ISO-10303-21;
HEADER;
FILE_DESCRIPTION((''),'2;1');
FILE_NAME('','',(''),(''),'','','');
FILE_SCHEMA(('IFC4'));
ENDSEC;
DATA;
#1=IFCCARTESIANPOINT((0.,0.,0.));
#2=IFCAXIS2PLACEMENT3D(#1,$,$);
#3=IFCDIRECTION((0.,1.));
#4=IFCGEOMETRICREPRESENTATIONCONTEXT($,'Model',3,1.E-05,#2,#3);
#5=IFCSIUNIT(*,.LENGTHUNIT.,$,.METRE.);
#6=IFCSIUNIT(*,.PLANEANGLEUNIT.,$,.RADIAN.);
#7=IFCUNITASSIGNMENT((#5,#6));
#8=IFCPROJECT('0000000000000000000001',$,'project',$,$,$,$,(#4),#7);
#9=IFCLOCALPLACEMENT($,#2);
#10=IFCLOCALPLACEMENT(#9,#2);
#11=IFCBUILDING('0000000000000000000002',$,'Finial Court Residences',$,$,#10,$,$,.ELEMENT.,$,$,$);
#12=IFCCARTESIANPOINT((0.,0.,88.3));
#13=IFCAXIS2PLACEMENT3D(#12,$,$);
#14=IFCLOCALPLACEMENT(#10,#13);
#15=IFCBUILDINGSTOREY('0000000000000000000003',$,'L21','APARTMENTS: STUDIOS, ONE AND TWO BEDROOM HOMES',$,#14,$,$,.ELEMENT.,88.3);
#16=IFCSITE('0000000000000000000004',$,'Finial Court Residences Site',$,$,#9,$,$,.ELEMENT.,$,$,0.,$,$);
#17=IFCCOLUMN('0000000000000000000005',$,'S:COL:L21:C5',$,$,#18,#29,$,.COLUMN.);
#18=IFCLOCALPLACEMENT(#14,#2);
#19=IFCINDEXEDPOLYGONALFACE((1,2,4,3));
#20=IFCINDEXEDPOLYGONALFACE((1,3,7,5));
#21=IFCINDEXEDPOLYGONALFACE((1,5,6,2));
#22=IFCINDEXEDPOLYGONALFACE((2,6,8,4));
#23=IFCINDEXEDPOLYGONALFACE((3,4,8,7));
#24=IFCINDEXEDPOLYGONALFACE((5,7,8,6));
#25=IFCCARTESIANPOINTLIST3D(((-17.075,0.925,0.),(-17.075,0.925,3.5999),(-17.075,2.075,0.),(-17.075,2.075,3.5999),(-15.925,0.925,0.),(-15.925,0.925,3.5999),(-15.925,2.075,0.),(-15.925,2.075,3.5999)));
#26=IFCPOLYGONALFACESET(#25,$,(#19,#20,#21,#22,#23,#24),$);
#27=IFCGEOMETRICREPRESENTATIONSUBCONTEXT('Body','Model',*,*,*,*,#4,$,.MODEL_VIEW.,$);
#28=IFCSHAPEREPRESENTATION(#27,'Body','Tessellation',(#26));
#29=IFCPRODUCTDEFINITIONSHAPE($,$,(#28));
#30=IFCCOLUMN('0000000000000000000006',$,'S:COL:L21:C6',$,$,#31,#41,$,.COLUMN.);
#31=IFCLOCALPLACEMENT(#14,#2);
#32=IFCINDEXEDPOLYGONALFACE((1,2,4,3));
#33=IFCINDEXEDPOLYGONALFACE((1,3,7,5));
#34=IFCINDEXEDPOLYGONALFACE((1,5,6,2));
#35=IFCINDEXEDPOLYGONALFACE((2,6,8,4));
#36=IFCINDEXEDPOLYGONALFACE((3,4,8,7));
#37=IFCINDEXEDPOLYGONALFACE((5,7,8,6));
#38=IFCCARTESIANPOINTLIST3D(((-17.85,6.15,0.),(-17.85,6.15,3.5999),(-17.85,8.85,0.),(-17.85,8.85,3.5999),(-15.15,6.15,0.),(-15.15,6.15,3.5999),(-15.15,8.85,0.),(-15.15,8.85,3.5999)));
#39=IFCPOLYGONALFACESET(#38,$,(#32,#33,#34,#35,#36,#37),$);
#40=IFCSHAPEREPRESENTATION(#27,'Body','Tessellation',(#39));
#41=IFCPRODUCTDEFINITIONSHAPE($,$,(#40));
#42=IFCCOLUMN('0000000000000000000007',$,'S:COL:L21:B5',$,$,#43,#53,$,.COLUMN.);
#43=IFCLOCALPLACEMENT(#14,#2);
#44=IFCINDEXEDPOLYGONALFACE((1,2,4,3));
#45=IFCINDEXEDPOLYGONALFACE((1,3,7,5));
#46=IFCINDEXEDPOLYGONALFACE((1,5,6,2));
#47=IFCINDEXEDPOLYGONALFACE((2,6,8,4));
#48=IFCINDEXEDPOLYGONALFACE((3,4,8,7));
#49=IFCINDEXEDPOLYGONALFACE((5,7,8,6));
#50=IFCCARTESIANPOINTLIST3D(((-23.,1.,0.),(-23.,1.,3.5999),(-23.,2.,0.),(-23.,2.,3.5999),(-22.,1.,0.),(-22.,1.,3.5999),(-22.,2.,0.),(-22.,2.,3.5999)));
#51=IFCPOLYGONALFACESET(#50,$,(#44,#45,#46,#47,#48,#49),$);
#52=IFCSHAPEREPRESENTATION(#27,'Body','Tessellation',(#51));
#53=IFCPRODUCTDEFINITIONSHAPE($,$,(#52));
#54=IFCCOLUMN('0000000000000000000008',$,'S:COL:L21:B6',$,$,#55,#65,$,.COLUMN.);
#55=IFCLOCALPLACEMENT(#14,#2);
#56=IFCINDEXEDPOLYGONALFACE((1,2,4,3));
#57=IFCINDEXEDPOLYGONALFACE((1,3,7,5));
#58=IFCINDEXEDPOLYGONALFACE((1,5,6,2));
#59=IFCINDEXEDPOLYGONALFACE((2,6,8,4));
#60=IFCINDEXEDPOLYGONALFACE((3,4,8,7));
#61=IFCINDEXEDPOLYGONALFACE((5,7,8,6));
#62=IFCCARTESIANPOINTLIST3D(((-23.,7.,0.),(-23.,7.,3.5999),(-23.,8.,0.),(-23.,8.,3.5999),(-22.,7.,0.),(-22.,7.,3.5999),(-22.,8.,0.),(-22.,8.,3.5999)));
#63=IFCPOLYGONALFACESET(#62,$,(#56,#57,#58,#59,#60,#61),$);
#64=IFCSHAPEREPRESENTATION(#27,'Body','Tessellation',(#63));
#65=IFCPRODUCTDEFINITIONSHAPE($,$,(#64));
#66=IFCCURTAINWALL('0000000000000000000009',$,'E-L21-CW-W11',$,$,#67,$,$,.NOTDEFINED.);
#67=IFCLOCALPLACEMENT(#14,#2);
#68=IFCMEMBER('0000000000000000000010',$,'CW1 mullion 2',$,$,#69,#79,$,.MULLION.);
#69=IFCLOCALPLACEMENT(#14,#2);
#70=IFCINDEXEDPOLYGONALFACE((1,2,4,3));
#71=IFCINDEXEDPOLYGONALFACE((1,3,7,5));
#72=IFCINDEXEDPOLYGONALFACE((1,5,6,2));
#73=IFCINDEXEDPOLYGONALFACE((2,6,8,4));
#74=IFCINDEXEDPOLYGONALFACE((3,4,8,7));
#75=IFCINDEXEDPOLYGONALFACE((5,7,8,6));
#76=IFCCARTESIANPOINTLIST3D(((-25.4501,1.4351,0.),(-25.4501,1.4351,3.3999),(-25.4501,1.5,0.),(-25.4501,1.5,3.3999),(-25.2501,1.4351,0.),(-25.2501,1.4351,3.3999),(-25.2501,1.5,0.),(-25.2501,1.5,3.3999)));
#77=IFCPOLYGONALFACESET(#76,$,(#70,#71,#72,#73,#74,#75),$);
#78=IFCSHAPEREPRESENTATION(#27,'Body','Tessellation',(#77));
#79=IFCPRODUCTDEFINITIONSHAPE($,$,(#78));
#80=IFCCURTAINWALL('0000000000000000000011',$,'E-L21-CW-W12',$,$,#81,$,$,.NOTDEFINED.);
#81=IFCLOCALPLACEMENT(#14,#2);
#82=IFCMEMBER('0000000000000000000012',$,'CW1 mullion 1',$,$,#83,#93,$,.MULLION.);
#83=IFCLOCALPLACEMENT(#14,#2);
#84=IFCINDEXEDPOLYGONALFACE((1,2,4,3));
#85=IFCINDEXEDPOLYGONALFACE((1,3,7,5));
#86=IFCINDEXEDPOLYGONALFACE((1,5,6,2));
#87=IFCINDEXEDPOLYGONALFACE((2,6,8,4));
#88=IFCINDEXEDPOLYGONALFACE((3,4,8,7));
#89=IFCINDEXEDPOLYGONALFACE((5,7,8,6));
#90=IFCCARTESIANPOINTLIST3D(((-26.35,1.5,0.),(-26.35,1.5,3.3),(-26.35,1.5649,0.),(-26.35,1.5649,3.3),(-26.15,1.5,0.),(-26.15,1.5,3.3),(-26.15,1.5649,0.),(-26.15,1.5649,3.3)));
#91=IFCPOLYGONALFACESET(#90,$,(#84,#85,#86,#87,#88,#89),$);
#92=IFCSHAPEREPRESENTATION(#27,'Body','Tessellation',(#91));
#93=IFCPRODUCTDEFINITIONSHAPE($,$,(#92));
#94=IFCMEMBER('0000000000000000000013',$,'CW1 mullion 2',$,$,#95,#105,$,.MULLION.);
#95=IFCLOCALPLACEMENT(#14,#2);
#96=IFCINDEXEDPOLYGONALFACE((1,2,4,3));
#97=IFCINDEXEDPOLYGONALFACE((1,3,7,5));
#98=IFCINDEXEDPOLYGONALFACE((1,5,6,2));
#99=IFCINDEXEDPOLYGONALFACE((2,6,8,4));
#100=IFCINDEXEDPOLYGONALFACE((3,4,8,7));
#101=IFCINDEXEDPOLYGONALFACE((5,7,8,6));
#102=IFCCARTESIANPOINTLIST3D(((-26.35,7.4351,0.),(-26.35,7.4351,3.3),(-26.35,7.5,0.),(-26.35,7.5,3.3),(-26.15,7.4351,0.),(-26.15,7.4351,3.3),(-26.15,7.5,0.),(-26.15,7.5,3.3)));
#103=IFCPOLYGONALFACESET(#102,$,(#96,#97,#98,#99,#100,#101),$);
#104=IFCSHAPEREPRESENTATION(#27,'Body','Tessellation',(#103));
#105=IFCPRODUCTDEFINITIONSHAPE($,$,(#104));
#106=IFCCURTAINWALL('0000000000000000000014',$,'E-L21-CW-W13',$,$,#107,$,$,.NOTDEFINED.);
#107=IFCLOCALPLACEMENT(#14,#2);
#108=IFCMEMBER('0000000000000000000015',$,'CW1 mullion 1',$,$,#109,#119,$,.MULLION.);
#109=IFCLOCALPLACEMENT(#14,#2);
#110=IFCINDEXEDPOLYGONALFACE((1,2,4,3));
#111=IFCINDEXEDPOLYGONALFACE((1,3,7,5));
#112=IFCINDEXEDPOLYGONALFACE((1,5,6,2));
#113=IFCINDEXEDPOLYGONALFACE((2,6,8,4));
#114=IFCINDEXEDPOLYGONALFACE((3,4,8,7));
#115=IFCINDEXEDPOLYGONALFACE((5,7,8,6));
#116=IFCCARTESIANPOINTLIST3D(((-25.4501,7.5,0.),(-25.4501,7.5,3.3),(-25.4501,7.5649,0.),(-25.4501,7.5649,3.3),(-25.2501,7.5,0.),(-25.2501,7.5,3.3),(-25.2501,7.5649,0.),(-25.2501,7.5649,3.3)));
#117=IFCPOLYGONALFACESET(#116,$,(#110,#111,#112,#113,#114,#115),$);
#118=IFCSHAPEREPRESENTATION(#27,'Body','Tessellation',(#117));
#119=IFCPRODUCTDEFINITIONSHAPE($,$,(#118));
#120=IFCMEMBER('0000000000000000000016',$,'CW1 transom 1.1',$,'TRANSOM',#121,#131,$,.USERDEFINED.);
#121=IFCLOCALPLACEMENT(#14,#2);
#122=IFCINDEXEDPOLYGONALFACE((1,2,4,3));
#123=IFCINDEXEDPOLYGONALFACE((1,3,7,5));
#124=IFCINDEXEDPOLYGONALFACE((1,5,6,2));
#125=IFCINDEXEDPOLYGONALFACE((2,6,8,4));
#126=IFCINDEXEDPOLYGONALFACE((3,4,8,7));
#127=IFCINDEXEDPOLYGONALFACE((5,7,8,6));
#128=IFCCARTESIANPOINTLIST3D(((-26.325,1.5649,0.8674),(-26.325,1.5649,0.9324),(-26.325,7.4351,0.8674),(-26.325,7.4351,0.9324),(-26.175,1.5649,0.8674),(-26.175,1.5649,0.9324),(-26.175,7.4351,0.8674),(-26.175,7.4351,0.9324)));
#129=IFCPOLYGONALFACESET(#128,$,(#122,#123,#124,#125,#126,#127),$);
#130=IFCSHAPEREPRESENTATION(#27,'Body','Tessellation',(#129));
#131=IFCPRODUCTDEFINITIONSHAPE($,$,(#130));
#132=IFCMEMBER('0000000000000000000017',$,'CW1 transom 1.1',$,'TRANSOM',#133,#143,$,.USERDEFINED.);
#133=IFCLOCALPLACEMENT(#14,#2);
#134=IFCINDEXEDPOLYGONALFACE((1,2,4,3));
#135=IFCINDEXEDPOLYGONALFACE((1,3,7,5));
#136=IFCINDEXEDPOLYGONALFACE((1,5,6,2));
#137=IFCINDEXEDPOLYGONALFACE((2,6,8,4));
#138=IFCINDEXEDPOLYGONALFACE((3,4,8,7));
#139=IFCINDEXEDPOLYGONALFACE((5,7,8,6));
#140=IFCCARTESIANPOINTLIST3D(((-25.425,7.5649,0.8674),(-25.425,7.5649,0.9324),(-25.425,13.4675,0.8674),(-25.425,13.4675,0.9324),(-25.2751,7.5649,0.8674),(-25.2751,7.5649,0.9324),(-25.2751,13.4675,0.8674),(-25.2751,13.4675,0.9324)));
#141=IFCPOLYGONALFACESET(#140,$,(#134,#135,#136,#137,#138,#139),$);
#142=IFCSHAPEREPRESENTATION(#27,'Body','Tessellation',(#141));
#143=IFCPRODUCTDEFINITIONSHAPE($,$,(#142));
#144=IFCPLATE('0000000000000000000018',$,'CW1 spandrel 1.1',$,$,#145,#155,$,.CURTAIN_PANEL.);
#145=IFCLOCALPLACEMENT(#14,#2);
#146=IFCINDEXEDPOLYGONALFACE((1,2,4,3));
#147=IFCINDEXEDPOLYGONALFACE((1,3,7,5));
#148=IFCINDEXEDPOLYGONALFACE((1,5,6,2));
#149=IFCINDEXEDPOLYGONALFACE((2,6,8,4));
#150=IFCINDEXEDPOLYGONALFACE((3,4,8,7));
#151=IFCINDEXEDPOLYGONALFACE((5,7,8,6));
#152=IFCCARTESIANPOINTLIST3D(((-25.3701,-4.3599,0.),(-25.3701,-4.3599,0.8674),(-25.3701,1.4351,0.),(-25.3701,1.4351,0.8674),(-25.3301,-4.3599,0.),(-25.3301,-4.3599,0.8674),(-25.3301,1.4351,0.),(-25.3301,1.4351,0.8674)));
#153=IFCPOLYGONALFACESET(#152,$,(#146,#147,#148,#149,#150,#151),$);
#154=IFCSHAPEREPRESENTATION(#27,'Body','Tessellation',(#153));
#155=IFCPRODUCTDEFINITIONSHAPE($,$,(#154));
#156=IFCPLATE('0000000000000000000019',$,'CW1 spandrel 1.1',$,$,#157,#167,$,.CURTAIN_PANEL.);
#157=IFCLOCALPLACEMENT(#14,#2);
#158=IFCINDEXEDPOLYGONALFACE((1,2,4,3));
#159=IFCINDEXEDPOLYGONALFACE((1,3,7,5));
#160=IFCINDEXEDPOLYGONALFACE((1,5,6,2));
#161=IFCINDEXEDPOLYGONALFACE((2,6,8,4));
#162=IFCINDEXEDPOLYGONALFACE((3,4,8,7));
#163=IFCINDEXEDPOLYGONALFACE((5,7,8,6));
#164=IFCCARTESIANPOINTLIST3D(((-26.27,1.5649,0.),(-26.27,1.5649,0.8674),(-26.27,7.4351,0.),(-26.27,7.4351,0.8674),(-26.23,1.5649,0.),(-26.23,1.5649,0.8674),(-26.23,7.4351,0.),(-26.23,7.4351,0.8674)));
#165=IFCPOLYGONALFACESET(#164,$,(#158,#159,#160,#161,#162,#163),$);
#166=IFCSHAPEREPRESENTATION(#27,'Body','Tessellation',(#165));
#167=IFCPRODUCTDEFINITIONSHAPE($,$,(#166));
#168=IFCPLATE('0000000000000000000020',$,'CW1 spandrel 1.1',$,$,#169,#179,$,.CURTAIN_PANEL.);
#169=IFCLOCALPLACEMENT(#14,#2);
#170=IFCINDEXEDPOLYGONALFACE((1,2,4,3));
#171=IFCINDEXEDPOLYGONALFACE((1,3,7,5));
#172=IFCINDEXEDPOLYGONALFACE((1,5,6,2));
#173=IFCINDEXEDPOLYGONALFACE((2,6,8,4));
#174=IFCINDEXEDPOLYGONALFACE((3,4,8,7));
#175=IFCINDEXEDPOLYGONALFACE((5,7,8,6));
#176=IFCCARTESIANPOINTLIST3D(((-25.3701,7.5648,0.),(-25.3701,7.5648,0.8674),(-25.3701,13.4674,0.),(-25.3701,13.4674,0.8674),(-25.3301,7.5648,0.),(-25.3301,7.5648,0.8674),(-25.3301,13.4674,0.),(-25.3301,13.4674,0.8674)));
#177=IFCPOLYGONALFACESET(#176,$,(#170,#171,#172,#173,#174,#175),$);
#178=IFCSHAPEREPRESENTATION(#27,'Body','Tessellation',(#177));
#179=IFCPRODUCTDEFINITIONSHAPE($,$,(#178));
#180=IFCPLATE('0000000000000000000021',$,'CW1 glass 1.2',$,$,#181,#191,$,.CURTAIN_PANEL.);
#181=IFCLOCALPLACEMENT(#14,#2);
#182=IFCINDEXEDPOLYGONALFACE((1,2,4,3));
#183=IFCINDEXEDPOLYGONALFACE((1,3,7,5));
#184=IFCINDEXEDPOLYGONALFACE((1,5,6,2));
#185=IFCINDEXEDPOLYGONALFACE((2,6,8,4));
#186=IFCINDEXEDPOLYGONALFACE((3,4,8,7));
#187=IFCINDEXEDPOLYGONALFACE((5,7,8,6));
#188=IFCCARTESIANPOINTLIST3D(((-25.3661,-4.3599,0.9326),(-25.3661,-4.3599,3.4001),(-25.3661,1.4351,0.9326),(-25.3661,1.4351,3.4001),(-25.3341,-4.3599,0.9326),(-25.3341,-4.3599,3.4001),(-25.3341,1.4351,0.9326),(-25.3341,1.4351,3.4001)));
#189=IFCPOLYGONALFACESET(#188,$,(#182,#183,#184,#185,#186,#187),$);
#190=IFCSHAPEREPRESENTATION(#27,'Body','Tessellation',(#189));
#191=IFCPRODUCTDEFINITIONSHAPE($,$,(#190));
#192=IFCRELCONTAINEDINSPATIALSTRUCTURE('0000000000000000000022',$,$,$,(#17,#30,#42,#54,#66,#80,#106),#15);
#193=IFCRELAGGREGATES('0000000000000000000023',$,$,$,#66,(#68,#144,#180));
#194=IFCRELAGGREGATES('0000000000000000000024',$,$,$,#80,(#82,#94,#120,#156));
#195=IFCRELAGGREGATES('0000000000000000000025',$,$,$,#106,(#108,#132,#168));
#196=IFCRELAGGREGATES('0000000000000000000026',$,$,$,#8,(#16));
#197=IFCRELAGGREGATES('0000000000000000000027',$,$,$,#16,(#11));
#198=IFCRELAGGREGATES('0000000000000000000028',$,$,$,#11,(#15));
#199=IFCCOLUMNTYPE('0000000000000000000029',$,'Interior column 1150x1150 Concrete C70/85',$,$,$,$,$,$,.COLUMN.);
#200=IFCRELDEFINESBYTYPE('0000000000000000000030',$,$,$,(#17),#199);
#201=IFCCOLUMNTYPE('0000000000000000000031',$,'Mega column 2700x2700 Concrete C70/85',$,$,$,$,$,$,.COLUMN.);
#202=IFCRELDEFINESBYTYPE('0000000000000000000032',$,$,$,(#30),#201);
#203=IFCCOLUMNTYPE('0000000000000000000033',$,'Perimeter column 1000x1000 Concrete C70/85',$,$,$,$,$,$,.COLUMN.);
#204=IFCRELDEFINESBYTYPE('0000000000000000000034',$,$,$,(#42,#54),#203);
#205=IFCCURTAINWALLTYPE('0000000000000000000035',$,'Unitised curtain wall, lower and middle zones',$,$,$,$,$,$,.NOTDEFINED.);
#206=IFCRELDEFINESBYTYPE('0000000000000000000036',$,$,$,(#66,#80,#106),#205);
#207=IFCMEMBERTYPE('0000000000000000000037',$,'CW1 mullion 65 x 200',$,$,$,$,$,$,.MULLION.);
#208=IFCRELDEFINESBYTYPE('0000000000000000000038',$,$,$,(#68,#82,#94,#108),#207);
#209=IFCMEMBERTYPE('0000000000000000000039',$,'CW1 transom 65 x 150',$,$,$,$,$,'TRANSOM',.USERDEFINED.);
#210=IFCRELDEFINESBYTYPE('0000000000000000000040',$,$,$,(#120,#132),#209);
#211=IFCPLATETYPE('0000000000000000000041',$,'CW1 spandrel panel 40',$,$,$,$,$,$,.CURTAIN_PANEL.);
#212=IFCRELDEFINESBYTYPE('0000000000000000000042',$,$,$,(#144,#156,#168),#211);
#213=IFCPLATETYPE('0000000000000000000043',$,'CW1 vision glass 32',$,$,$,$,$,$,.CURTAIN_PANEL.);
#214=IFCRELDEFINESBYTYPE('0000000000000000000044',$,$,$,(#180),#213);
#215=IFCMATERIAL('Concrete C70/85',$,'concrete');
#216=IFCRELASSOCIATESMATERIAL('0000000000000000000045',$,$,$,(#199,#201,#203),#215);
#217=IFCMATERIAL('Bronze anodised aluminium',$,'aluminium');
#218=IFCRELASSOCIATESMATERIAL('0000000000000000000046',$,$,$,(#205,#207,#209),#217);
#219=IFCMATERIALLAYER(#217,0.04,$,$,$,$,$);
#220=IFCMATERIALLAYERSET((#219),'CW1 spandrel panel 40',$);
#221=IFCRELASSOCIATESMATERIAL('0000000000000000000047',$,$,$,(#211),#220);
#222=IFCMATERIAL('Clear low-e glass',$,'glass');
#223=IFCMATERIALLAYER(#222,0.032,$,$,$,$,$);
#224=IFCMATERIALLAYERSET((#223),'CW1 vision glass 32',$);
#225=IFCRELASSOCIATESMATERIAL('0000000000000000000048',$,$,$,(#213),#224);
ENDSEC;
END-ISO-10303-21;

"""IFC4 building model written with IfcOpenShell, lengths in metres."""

from ifc_helpers import new_model, si_unit, direction, frame, origin, origin_2d, place, context, subcontext, project, spatial, rectangle, extrude, material, layer, layer_set, material_profile, profile_set, type_object, element, aggregate, save


model = new_model("IFC4")

# Units and contexts
model_context = context("Model", 3, precision=1e-05, world=origin(), true_north=direction((0.0, 1.0)))
body_context = subcontext(model_context, "Body", "Model", "MODEL_VIEW")
ifc_project = project(units=[si_unit("LENGTHUNIT", "METRE"), si_unit("PLANEANGLEUNIT", "RADIAN")], contexts=[model_context])

# Site, building, storey
site_placement = place(None, origin())
site = spatial("IfcSite", under=ifc_project, at=site_placement, Name="Finial Court Residences Site", CompositionType="ELEMENT", RefElevation=0.0)
building_placement = place(site_placement, origin())
building = spatial("IfcBuilding", under=site, at=building_placement, Name="Finial Court Residences", CompositionType="ELEMENT")
storey_placement = place(building_placement, frame((0.0, 0.0, 88.3)))
storey = spatial("IfcBuildingStorey", under=building, at=storey_placement, Name="L21", Description="APARTMENTS: STUDIOS, ONE AND TWO BEDROOM HOMES", CompositionType="ELEMENT", Elevation=88.3)

# Columns
ifc_material_1 = material(Name="Concrete C70/85", Category="concrete")
ifc_material_profile_1 = material_profile(ifc_material_1, rectangle(XDim=1.1499, YDim=1.1499, at=origin_2d()), Name="1150x1150")
ifc_profile_set_1 = profile_set([ifc_material_profile_1], Name="Concrete C70/85")
column_type_1 = type_object("IfcColumnType", Name="Interior column 1150x1150 Concrete C70/85", PredefinedType="COLUMN", material=ifc_profile_set_1)
column_1_placement = place(storey_placement, frame((-16.5, 1.5, 0.0), z_axis=(0.0, 0.0, 1.0), x_axis=(1.0, 0.0, 0.0)))
element("IfcColumn", 1, at=column_1_placement, inside=storey, type_object=column_type_1, Name="S:COL:L21:C5", PredefinedType="COLUMN", context=body_context, shape_type="SweptSolid", body=[
    extrude(rectangle(XDim=1.1499, YDim=1.1499, at=origin_2d()), origin(), (0.0, 0.0, 1.0), 3.5999),
])
ifc_material_profile_2 = material_profile(ifc_material_1, rectangle(XDim=2.7, YDim=2.7, at=origin_2d()), Name="2700x2700")
ifc_profile_set_2 = profile_set([ifc_material_profile_2], Name="Concrete C70/85")
column_type_2 = type_object("IfcColumnType", Name="Mega column 2700x2700 Concrete C70/85", PredefinedType="COLUMN", material=ifc_profile_set_2)
column_2_placement = place(storey_placement, frame((-16.5, 7.5, 0.0), z_axis=(0.0, 0.0, 1.0), x_axis=(1.0, 0.0, 0.0)))
element("IfcColumn", 2, at=column_2_placement, inside=storey, type_object=column_type_2, Name="S:COL:L21:C6", PredefinedType="COLUMN", context=body_context, shape_type="SweptSolid", body=[
    extrude(rectangle(XDim=2.7, YDim=2.7, at=origin_2d()), origin(), (0.0, 0.0, 1.0), 3.5999),
])
ifc_material_profile_3 = material_profile(ifc_material_1, rectangle(XDim=1.0, YDim=1.0, at=origin_2d()), Name="1000x1000")
ifc_profile_set_3 = profile_set([ifc_material_profile_3], Name="Concrete C70/85")
column_type_3 = type_object("IfcColumnType", Name="Perimeter column 1000x1000 Concrete C70/85", PredefinedType="COLUMN", material=ifc_profile_set_3)
for number, where, z_axis, x_axis, name in (
    (3, (-22.5, 1.5, 0.0), (0.0, 0.0, 1.0), (1.0, 0.0, 0.0), "S:COL:L21:B5"),
    (4, (-22.5, 7.5, 0.0), (0.0, 0.0, 1.0), (1.0, 0.0, 0.0), "S:COL:L21:B6"),
):
    element("IfcColumn", number, at=place(storey_placement, frame(where, z_axis=z_axis, x_axis=x_axis)), inside=storey, type_object=column_type_3, Name=name, PredefinedType="COLUMN", context=body_context, shape_type="SweptSolid", body=[
        extrude(rectangle(XDim=1.0, YDim=1.0, at=origin_2d()), origin(), (0.0, 0.0, 1.0), 3.5999),
    ])

# Curtain wall, member
ifc_material_2 = material(Name="Bronze anodised aluminium", Category="aluminium")
curtain_wall_type = type_object("IfcCurtainWallType", Name="Unitised curtain wall, lower and middle zones", PredefinedType="NOTDEFINED", material=ifc_material_2)
curtain_wall_1_placement = place(storey_placement, origin())
curtain_wall_1 = element("IfcCurtainWall", 5, at=curtain_wall_1_placement, inside=storey, type_object=curtain_wall_type, Name="E-L21-CW-W11", PredefinedType="NOTDEFINED")
ifc_material_profile_4 = material_profile(ifc_material_2, rectangle(XDim=0.2, YDim=0.0649, at=origin_2d()), Name="CW1 mullion 65 x 200")
ifc_profile_set_4 = profile_set([ifc_material_profile_4], Name="Bronze anodised aluminium")
member_type_1 = type_object("IfcMemberType", Name="CW1 mullion 65 x 200", PredefinedType="MULLION", material=ifc_profile_set_4)
member_1_placement = place(storey_placement, frame((-25.3501, 1.4675, 0.0), z_axis=(0.0, 0.0, 1.0), x_axis=(-1.0, 0.0, 0.0)))
member_1 = element("IfcMember", 6, at=member_1_placement, type_object=member_type_1, Name="CW1 mullion 2", PredefinedType="MULLION", context=body_context, shape_type="SweptSolid", body=[
    extrude(rectangle(XDim=0.2, YDim=0.0649, at=origin_2d()), origin(), (0.0, 0.0, 1.0), 3.3999),
])

# Curtain wall, members
curtain_wall_2_placement = place(storey_placement, origin())
curtain_wall_2 = element("IfcCurtainWall", 7, at=curtain_wall_2_placement, inside=storey, type_object=curtain_wall_type, Name="E-L21-CW-W12", PredefinedType="NOTDEFINED")
member_2_placement = place(storey_placement, frame((-26.25, 1.5325, 0.0), z_axis=(0.0, 0.0, 1.0), x_axis=(-1.0, 0.0, 0.0)))
member_2 = element("IfcMember", 8, at=member_2_placement, type_object=member_type_1, Name="CW1 mullion 1", PredefinedType="MULLION", context=body_context, shape_type="SweptSolid", body=[
    extrude(rectangle(XDim=0.2, YDim=0.0649, at=origin_2d()), origin(), (0.0, 0.0, 1.0), 3.3),
])
member_3_placement = place(storey_placement, frame((-26.25, 7.4675, 0.0), z_axis=(0.0, 0.0, 1.0), x_axis=(-1.0, 0.0, 0.0)))
member_3 = element("IfcMember", 9, at=member_3_placement, type_object=member_type_1, Name="CW1 mullion 2", PredefinedType="MULLION", context=body_context, shape_type="SweptSolid", body=[
    extrude(rectangle(XDim=0.2, YDim=0.0649, at=origin_2d()), origin(), (0.0, 0.0, 1.0), 3.3),
])

# Curtain wall, member
curtain_wall_3_placement = place(storey_placement, origin())
curtain_wall_3 = element("IfcCurtainWall", 10, at=curtain_wall_3_placement, inside=storey, type_object=curtain_wall_type, Name="E-L21-CW-W13", PredefinedType="NOTDEFINED")
member_4_placement = place(storey_placement, frame((-25.3501, 7.5325, 0.0), z_axis=(0.0, 0.0, 1.0), x_axis=(-1.0, 0.0, 0.0)))
member_4 = element("IfcMember", 11, at=member_4_placement, type_object=member_type_1, Name="CW1 mullion 1", PredefinedType="MULLION", context=body_context, shape_type="SweptSolid", body=[
    extrude(rectangle(XDim=0.2, YDim=0.0649, at=origin_2d()), origin(), (0.0, 0.0, 1.0), 3.3),
])

# Members
ifc_material_profile_5 = material_profile(ifc_material_2, rectangle(XDim=0.1499, YDim=0.0649, at=origin_2d()), Name="CW1 transom 65 x 150")
ifc_profile_set_5 = profile_set([ifc_material_profile_5], Name="Bronze anodised aluminium")
member_type_2 = type_object("IfcMemberType", Name="CW1 transom 65 x 150", ElementType="TRANSOM", PredefinedType="USERDEFINED", material=ifc_profile_set_5)
member_5_placement = place(storey_placement, frame((-26.25, 1.5649, 0.8999), z_axis=(0.0, 1.0, 0.0), x_axis=(-1.0, 0.0, 0.0)))
member_5 = element("IfcMember", 12, at=member_5_placement, type_object=member_type_2, Name="CW1 transom 1.1", ObjectType="TRANSOM", PredefinedType="USERDEFINED", context=body_context, shape_type="SweptSolid", body=[
    extrude(rectangle(XDim=0.1499, YDim=0.0649, at=origin_2d()), origin(), (0.0, 0.0, 1.0), 5.8701),
])
member_6_placement = place(storey_placement, frame((-25.3501, 7.5649, 0.8999), z_axis=(0.0, 1.0, 0.0), x_axis=(-1.0, 0.0, 0.0)))
member_6 = element("IfcMember", 13, at=member_6_placement, type_object=member_type_2, Name="CW1 transom 1.1", ObjectType="TRANSOM", PredefinedType="USERDEFINED", context=body_context, shape_type="SweptSolid", body=[
    extrude(rectangle(XDim=0.1499, YDim=0.0649, at=origin_2d()), origin(), (0.0, 0.0, 1.0), 5.9026),
])

# Plates
ifc_layer_1 = layer(ifc_material_2, 0.04)
ifc_layer_set_1 = layer_set([ifc_layer_1], Name="CW1 spandrel panel 40")
plate_type_1 = type_object("IfcPlateType", Name="CW1 spandrel panel 40", PredefinedType="CURTAIN_PANEL", material=ifc_layer_set_1)
plate_1_placement = place(storey_placement, frame((-25.3501, -1.4624, 0.0), z_axis=(0.0, 0.0, 1.0), x_axis=(0.0, 1.0, 0.0)))
plate_1 = element("IfcPlate", 14, at=plate_1_placement, type_object=plate_type_1, Name="CW1 spandrel 1.1", PredefinedType="CURTAIN_PANEL", context=body_context, shape_type="SweptSolid", body=[
    extrude(rectangle(XDim=5.7949, YDim=0.04, at=origin_2d()), origin(), (0.0, 0.0, 1.0), 0.8674),
])
plate_2_placement = place(storey_placement, frame((-26.25, 4.5, 0.0), z_axis=(0.0, 0.0, 1.0), x_axis=(0.0, 1.0, 0.0)))
plate_2 = element("IfcPlate", 15, at=plate_2_placement, type_object=plate_type_1, Name="CW1 spandrel 1.1", PredefinedType="CURTAIN_PANEL", context=body_context, shape_type="SweptSolid", body=[
    extrude(rectangle(XDim=5.8701, YDim=0.04, at=origin_2d()), origin(), (0.0, 0.0, 1.0), 0.8674),
])
plate_3_placement = place(storey_placement, frame((-25.3501, 10.5161, 0.0), z_axis=(0.0, 0.0, 1.0), x_axis=(0.0, 1.0, 0.0)))
plate_3 = element("IfcPlate", 16, at=plate_3_placement, type_object=plate_type_1, Name="CW1 spandrel 1.1", PredefinedType="CURTAIN_PANEL", context=body_context, shape_type="SweptSolid", body=[
    extrude(rectangle(XDim=5.9026, YDim=0.04, at=origin_2d()), origin(), (0.0, 0.0, 1.0), 0.8674),
])
ifc_material_3 = material(Name="Clear low-e glass", Category="glass")
ifc_layer_2 = layer(ifc_material_3, 0.032)
ifc_layer_set_2 = layer_set([ifc_layer_2], Name="CW1 vision glass 32")
plate_type_2 = type_object("IfcPlateType", Name="CW1 vision glass 32", PredefinedType="CURTAIN_PANEL", material=ifc_layer_set_2)
plate_4_placement = place(storey_placement, frame((-25.3501, -1.4624, 0.9326), z_axis=(0.0, 0.0, 1.0), x_axis=(0.0, 1.0, 0.0)))
plate_4 = element("IfcPlate", 17, at=plate_4_placement, type_object=plate_type_2, Name="CW1 glass 1.2", PredefinedType="CURTAIN_PANEL", context=body_context, shape_type="SweptSolid", body=[
    extrude(rectangle(XDim=5.7949, YDim=0.032, at=origin_2d()), origin(), (0.0, 0.0, 1.0), 2.4675),
])
aggregate(curtain_wall_1, [member_1, plate_1, plate_4])
aggregate(curtain_wall_2, [member_2, member_3, member_5, plate_2])
aggregate(curtain_wall_3, [member_4, member_6, plate_3])

save(model, "model.ifc")
